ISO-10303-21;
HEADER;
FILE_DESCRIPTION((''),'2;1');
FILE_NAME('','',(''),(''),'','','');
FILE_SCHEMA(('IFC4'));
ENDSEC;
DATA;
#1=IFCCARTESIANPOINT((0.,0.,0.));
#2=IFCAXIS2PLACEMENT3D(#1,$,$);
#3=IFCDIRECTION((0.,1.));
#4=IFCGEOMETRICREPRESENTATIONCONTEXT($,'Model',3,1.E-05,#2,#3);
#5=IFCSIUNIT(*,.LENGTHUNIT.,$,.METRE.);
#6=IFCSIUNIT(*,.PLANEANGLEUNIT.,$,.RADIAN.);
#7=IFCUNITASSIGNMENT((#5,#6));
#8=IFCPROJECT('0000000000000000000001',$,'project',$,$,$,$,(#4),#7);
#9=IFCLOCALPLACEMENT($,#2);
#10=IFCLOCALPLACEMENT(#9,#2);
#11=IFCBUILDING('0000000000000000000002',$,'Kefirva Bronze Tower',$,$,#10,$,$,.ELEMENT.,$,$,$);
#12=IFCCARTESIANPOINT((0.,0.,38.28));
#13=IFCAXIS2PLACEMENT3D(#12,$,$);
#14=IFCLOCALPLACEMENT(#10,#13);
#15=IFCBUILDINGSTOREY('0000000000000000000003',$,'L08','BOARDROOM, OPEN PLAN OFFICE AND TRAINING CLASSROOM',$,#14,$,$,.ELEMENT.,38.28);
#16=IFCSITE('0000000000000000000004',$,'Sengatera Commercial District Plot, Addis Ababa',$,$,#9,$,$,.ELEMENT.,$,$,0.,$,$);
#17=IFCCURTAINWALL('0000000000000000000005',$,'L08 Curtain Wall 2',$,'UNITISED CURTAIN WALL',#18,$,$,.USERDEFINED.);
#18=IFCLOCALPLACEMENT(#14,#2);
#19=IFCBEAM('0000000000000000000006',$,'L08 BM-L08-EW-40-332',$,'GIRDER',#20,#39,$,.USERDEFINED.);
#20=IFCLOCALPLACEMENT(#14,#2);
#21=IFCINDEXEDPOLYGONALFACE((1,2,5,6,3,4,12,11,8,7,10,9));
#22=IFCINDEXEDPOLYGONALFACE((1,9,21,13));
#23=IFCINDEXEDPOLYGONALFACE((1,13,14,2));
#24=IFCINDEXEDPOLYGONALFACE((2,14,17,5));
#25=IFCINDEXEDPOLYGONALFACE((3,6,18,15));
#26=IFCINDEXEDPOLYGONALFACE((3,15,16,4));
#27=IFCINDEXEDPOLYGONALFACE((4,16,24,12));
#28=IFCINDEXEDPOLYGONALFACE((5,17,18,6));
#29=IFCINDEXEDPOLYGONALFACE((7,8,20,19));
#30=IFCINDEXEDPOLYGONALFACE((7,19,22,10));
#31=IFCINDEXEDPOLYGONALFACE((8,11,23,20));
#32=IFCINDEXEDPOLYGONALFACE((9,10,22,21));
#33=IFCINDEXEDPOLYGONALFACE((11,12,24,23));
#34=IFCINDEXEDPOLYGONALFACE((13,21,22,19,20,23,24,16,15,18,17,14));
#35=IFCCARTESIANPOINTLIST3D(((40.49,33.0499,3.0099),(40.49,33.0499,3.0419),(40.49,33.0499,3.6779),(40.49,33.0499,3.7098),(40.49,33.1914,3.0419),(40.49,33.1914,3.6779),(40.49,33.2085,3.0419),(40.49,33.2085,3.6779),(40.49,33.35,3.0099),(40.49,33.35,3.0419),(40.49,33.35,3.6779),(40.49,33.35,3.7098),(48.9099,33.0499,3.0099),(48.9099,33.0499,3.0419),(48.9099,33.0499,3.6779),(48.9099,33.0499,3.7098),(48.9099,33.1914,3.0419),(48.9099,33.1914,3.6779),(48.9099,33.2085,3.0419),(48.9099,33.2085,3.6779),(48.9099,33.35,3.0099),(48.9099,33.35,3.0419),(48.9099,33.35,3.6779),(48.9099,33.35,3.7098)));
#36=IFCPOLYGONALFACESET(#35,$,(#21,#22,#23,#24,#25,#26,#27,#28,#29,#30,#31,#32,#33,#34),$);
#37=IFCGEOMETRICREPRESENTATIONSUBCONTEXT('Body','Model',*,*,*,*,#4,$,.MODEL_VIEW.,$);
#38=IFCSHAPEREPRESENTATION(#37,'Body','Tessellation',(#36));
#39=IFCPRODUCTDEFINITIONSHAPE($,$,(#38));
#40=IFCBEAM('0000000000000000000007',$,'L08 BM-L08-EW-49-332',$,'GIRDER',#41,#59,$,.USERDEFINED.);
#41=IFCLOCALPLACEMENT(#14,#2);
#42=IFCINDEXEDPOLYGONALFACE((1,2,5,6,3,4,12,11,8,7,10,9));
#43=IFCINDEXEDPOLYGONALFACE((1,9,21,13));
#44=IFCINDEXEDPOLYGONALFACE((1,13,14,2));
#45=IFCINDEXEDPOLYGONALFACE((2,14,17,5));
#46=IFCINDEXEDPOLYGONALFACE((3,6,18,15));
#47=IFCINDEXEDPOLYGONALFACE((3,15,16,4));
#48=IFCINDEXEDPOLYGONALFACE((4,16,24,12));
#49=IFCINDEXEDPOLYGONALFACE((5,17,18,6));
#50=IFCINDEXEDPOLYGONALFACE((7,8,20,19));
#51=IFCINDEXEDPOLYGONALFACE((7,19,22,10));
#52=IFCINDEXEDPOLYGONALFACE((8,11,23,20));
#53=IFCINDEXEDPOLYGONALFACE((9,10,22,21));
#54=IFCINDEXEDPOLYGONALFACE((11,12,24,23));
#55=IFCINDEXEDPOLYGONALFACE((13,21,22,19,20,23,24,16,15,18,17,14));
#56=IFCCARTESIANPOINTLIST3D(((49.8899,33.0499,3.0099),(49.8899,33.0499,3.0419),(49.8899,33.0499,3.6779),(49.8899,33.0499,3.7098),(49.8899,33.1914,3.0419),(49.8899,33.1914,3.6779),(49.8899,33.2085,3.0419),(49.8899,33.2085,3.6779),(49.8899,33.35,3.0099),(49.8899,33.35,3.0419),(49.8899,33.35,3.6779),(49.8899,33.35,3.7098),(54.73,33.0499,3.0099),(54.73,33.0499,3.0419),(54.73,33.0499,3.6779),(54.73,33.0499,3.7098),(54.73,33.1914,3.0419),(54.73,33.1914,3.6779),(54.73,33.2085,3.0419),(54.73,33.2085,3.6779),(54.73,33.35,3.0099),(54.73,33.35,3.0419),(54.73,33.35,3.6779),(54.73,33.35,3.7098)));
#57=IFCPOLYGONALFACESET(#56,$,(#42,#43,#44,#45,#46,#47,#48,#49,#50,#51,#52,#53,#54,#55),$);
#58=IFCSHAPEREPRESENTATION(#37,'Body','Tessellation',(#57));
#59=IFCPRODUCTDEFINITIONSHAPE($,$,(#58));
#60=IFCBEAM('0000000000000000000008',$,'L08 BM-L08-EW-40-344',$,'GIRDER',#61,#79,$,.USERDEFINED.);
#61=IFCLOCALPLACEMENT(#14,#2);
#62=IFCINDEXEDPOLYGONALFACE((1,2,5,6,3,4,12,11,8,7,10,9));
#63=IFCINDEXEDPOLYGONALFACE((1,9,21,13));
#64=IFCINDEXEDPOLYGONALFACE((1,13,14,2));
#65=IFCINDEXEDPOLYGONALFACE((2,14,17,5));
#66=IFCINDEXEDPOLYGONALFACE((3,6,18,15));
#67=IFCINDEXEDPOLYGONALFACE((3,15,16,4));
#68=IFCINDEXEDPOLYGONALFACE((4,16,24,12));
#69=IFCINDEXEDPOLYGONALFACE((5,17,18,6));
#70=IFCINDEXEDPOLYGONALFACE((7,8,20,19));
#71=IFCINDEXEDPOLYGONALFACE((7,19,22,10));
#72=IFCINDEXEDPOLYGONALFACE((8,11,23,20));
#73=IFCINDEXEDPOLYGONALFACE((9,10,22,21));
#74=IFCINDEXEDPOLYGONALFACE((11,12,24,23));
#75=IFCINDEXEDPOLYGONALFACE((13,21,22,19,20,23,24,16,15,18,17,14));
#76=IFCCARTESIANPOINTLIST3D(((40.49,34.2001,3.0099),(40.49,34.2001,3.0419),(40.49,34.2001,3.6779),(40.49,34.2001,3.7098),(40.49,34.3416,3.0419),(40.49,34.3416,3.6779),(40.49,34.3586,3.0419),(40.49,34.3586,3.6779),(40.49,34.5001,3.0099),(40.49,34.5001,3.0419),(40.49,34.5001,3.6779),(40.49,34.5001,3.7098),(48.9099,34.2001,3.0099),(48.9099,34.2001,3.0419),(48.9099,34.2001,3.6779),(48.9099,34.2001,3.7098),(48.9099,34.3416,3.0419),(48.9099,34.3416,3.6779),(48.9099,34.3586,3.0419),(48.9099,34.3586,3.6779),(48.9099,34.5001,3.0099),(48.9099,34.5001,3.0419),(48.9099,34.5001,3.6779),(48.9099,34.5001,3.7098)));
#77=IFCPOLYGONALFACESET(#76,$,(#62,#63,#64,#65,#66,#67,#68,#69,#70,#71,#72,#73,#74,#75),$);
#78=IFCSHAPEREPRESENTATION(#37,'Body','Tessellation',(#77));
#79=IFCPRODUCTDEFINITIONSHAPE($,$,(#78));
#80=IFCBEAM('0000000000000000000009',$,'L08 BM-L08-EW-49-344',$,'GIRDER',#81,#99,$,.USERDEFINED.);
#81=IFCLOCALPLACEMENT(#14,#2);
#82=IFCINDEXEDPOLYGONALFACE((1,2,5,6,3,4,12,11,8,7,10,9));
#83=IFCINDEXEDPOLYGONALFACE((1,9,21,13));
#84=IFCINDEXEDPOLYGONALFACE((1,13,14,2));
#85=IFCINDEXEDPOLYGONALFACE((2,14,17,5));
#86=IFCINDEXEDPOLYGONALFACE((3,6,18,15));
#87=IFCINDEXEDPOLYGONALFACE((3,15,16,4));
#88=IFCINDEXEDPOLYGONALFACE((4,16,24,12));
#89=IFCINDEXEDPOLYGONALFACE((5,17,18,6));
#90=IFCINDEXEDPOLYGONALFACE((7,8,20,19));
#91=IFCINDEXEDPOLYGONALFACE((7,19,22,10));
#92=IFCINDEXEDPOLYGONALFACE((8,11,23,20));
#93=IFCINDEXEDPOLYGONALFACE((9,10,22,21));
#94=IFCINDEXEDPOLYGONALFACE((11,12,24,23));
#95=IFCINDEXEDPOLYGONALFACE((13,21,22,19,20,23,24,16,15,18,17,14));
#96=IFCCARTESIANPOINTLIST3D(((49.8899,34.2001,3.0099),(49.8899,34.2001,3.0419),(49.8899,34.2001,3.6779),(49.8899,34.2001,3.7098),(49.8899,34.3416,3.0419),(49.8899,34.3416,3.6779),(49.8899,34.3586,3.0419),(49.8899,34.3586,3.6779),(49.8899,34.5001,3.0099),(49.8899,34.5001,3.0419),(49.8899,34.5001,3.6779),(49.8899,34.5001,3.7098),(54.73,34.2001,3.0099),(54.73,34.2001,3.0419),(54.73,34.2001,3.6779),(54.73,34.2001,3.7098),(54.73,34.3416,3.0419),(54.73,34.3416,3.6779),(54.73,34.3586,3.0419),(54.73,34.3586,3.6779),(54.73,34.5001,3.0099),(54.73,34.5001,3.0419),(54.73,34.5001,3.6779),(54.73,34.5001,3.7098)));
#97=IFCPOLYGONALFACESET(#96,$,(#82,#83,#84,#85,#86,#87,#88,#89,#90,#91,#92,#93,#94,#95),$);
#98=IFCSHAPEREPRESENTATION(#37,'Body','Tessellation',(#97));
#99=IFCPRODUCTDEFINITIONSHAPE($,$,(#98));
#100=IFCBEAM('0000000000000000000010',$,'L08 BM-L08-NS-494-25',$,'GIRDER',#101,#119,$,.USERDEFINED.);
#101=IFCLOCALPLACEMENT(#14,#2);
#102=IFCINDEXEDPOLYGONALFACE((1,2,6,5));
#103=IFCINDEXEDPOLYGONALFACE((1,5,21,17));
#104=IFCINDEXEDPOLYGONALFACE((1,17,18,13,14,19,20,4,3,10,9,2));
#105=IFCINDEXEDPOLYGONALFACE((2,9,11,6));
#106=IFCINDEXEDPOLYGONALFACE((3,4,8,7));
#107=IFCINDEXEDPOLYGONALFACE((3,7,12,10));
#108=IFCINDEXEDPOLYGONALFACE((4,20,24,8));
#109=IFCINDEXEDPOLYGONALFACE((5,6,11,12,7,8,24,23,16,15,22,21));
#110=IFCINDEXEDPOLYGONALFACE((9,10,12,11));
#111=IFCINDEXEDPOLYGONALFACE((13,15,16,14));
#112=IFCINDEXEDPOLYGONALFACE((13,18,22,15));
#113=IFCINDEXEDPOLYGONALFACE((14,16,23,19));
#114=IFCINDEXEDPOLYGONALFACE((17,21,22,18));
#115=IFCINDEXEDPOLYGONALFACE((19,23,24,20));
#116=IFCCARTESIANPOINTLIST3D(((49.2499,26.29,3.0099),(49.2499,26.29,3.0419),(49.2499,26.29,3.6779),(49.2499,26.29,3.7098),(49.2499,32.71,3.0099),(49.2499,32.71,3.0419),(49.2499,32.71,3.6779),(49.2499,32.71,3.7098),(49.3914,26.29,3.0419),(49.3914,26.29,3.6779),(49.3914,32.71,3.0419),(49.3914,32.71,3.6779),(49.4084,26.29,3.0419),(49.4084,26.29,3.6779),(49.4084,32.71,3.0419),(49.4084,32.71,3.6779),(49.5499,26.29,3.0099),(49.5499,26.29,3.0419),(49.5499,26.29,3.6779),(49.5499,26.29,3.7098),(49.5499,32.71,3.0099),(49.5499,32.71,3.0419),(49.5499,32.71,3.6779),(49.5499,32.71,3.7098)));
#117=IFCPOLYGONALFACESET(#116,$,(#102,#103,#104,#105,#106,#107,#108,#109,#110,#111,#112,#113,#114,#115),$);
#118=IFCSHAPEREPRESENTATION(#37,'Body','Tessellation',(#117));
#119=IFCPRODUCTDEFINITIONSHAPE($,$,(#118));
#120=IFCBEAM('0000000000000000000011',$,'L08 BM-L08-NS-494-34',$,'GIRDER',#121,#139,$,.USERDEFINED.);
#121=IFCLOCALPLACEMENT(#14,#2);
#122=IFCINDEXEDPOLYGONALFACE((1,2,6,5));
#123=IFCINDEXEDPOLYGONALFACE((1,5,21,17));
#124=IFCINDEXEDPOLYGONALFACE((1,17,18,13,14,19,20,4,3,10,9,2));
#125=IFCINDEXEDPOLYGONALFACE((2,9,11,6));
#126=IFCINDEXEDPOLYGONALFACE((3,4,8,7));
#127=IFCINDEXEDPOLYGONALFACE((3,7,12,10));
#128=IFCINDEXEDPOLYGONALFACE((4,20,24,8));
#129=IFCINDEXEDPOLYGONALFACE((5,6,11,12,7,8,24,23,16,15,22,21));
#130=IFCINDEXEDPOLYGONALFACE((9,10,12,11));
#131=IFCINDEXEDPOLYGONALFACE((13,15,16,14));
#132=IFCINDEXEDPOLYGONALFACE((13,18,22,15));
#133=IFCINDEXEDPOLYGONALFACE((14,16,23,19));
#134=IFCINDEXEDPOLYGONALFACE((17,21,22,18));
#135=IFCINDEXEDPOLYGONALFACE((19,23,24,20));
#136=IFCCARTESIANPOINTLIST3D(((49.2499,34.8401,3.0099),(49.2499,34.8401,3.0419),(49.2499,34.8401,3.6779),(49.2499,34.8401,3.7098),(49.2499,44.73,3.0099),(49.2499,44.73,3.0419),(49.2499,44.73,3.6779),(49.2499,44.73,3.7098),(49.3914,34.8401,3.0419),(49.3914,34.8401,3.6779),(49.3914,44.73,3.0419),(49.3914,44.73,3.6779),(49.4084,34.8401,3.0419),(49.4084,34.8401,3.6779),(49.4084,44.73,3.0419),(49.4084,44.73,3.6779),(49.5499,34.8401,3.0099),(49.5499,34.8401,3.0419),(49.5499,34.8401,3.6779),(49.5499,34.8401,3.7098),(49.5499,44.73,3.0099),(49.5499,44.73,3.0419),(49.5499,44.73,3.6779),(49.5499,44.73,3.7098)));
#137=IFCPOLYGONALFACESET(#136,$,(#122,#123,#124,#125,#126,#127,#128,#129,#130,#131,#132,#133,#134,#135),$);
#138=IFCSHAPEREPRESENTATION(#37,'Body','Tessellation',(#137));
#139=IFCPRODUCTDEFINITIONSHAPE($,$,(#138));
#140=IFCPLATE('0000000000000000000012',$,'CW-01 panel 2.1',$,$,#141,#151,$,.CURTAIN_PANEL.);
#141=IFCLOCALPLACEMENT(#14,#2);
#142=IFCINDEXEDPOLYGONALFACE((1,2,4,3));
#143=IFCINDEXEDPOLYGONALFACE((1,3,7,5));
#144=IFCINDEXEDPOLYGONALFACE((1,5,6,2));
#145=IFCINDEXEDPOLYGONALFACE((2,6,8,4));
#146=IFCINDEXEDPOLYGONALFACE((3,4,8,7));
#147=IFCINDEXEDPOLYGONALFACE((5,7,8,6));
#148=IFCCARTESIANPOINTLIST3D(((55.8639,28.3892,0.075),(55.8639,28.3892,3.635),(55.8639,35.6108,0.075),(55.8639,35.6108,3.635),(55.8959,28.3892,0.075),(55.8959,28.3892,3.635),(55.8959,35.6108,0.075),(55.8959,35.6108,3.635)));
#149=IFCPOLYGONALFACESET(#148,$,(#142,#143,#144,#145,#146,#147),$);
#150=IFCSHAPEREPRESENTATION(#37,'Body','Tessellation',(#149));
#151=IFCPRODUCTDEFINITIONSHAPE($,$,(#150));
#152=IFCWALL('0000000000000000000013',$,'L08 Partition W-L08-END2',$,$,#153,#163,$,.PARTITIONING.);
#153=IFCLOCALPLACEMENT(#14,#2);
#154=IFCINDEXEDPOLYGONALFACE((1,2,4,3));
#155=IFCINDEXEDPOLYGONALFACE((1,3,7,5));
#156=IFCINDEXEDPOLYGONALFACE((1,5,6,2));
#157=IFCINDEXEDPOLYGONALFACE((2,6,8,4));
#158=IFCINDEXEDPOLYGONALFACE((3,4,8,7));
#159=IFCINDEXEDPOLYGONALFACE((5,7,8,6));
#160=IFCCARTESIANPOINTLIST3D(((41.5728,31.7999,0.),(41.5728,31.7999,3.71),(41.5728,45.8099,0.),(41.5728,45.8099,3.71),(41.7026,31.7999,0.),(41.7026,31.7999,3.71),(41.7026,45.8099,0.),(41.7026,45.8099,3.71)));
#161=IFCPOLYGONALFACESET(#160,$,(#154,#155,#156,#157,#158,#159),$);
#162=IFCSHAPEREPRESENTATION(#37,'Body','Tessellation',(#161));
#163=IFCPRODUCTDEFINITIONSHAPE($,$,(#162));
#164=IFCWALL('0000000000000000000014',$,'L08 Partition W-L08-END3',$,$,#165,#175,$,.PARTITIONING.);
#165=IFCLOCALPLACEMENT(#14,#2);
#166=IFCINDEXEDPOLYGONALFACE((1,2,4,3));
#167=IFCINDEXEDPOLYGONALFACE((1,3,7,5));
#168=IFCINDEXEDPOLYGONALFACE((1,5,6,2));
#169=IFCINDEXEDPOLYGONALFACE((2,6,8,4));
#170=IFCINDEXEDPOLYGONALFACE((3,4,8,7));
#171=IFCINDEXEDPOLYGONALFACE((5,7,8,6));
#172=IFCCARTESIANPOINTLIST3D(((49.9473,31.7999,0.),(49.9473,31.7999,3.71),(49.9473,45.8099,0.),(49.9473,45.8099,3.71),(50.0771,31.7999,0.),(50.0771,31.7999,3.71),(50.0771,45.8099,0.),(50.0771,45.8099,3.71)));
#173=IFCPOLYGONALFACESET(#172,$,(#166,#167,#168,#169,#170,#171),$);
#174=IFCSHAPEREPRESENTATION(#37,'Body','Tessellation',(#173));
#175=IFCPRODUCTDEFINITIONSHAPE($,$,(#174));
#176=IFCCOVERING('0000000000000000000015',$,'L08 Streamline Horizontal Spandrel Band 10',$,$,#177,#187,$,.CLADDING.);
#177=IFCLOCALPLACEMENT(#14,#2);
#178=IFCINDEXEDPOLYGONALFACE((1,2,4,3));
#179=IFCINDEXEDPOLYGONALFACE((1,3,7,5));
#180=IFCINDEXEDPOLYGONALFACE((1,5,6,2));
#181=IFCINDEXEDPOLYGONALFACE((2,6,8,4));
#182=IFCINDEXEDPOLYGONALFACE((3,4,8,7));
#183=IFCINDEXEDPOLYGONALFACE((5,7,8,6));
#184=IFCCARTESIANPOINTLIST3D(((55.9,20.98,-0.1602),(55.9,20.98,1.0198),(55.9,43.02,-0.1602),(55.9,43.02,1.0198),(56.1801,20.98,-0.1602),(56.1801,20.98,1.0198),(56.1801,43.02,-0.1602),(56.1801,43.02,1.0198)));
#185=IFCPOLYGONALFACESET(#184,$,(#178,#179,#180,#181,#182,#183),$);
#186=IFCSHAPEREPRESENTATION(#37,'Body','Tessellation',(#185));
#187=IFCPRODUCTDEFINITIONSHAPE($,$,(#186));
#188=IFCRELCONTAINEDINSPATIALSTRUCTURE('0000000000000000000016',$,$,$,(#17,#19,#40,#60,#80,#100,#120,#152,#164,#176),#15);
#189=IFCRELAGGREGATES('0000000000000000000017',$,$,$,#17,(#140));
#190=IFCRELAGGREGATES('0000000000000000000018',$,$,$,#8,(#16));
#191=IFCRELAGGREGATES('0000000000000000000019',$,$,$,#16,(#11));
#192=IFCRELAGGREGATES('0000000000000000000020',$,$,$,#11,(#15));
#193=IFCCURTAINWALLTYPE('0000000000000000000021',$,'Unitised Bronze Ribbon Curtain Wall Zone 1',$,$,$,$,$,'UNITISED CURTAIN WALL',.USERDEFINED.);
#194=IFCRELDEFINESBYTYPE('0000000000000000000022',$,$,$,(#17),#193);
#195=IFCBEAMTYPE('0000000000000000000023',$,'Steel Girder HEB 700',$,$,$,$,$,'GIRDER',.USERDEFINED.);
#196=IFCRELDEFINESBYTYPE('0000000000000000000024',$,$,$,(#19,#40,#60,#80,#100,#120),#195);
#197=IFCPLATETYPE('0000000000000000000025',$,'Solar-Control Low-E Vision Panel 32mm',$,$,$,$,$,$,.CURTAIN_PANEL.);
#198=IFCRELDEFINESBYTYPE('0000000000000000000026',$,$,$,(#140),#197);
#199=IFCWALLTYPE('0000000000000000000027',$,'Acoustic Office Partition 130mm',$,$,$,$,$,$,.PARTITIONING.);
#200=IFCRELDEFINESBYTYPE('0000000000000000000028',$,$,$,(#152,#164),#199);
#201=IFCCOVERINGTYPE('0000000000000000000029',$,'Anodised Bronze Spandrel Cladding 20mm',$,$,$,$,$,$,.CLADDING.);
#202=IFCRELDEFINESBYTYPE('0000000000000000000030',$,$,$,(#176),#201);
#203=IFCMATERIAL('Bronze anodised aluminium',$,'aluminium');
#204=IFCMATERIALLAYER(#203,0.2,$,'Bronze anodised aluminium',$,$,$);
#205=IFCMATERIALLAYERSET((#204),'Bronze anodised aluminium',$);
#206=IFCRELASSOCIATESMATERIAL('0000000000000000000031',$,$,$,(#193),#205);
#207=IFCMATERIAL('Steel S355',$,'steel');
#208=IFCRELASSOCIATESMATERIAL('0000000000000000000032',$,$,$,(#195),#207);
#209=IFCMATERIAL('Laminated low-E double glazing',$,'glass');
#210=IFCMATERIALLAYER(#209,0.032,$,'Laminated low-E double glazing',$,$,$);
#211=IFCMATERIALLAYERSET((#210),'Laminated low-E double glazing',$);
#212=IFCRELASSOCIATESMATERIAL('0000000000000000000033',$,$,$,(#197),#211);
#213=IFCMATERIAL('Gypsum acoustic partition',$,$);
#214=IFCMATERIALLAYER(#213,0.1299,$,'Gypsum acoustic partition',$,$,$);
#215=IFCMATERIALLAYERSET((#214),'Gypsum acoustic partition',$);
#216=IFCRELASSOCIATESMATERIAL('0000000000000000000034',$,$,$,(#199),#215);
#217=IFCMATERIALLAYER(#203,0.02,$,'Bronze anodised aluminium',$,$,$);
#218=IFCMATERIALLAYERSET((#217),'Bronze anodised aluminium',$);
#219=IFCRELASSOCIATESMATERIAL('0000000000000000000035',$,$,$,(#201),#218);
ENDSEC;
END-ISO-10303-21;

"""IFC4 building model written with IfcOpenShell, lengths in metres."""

from ifc_helpers import new_model, si_unit, direction, frame, frame_2d, origin, origin_2d, place, context, subcontext, project, spatial, rectangle, i_section, extrude, material, layer, layer_set, material_profile, profile_set, type_object, element, aggregate, save


model = new_model("IFC4")

# Units and contexts
model_context = context("Model", 3, precision=1e-05, world=origin(), true_north=direction((0.0, 1.0)))
body_context = subcontext(model_context, "Body", "Model", "MODEL_VIEW")
ifc_project = project(units=[si_unit("LENGTHUNIT", "METRE"), si_unit("PLANEANGLEUNIT", "RADIAN")], contexts=[model_context])

# Site, building, storey
site_placement = place(None, origin())
site = spatial("IfcSite", under=ifc_project, at=site_placement, Name="Sengatera Commercial District Plot, Addis Ababa", CompositionType="ELEMENT", RefElevation=0.0)
building_placement = place(site_placement, origin())
building = spatial("IfcBuilding", under=site, at=building_placement, Name="Kefirva Bronze Tower", CompositionType="ELEMENT")
storey_placement = place(building_placement, frame((0.0, 0.0, 38.28)))
storey = spatial("IfcBuildingStorey", under=building, at=storey_placement, Name="L08", Description="BOARDROOM, OPEN PLAN OFFICE AND TRAINING CLASSROOM", CompositionType="ELEMENT", Elevation=38.28)

# Curtain wall
ifc_material_1 = material(Name="Bronze anodised aluminium", Category="aluminium")
ifc_layer_1 = layer(ifc_material_1, 0.2, Name="Bronze anodised aluminium")
ifc_layer_set_1 = layer_set([ifc_layer_1], Name="Bronze anodised aluminium")
curtain_wall_type = type_object("IfcCurtainWallType", Name="Unitised Bronze Ribbon Curtain Wall Zone 1", ElementType="UNITISED CURTAIN WALL", PredefinedType="USERDEFINED", material=ifc_layer_set_1)
curtain_wall_placement = place(storey_placement, origin())
curtain_wall = element("IfcCurtainWall", 1, at=curtain_wall_placement, inside=storey, type_object=curtain_wall_type, Name="L08 Curtain Wall 2", ObjectType="UNITISED CURTAIN WALL", PredefinedType="USERDEFINED")

# Beams
ifc_material_2 = material(Name="Steel S355", Category="steel")
ifc_material_profile_1 = material_profile(ifc_material_2, i_section(OverallWidth=0.3, OverallDepth=0.7, WebThickness=0.0171, FlangeThickness=0.032, at=origin_2d()), Name="HEB 700")
ifc_profile_set_1 = profile_set([ifc_material_profile_1], Name="Steel S355")
beam_type_1 = type_object("IfcBeamType", Name="Steel Girder HEB 700", ElementType="GIRDER", PredefinedType="USERDEFINED", material=ifc_profile_set_1)
for number, where, z_axis, x_axis, name in (
    (2, (40.49, 33.2, 3.3599), (1.0, 0.0, 0.0), (0.0, 1.0, 0.0), "L08 BM-L08-EW-40-332"),
):
    element("IfcBeam", number, at=place(storey_placement, frame(where, z_axis=z_axis, x_axis=x_axis)), inside=storey, type_object=beam_type_1, Name=name, ObjectType="GIRDER", PredefinedType="USERDEFINED", context=body_context, shape_type="SweptSolid", body=[
        extrude(i_section(OverallWidth=0.3, OverallDepth=0.7, WebThickness=0.0171, FlangeThickness=0.032, at=origin_2d()), origin(), (0.0, 0.0, 1.0), 8.4199),
    ])
beam_1_placement = place(storey_placement, frame((49.8899, 33.2, 3.3599), z_axis=(1.0, 0.0, 0.0), x_axis=(0.0, 1.0, 0.0)))
element("IfcBeam", 3, at=beam_1_placement, inside=storey, type_object=beam_type_1, Name="L08 BM-L08-EW-49-332", ObjectType="GIRDER", PredefinedType="USERDEFINED", context=body_context, shape_type="SweptSolid", body=[
    extrude(i_section(OverallWidth=0.3, OverallDepth=0.7, WebThickness=0.0171, FlangeThickness=0.032, at=origin_2d()), origin(), (0.0, 0.0, 1.0), 4.8401),
])
beam_2_placement = place(storey_placement, frame((40.49, 34.3501, 3.3599), z_axis=(1.0, 0.0, 0.0), x_axis=(0.0, 1.0, 0.0)))
element("IfcBeam", 4, at=beam_2_placement, inside=storey, type_object=beam_type_1, Name="L08 BM-L08-EW-40-344", ObjectType="GIRDER", PredefinedType="USERDEFINED", context=body_context, shape_type="SweptSolid", body=[
    extrude(i_section(OverallWidth=0.3, OverallDepth=0.7, WebThickness=0.0171, FlangeThickness=0.032, at=origin_2d()), origin(), (0.0, 0.0, 1.0), 8.4199),
])
beam_3_placement = place(storey_placement, frame((49.8899, 34.3501, 3.3599), z_axis=(1.0, 0.0, 0.0), x_axis=(0.0, 1.0, 0.0)))
element("IfcBeam", 5, at=beam_3_placement, inside=storey, type_object=beam_type_1, Name="L08 BM-L08-EW-49-344", ObjectType="GIRDER", PredefinedType="USERDEFINED", context=body_context, shape_type="SweptSolid", body=[
    extrude(i_section(OverallWidth=0.3, OverallDepth=0.7, WebThickness=0.0171, FlangeThickness=0.032, at=origin_2d()), origin(), (0.0, 0.0, 1.0), 4.8401),
])
beam_4_placement = place(storey_placement, frame((49.3999, 26.29, 3.3599), z_axis=(0.0, 1.0, 0.0), x_axis=(-1.0, 0.0, 0.0)))
element("IfcBeam", 6, at=beam_4_placement, inside=storey, type_object=beam_type_1, Name="L08 BM-L08-NS-494-25", ObjectType="GIRDER", PredefinedType="USERDEFINED", context=body_context, shape_type="SweptSolid", body=[
    extrude(i_section(OverallWidth=0.3, OverallDepth=0.7, WebThickness=0.0171, FlangeThickness=0.032, at=origin_2d()), origin(), (0.0, 0.0, 1.0), 6.4199),
])
beam_5_placement = place(storey_placement, frame((49.3999, 34.8401, 3.3599), z_axis=(0.0, 1.0, 0.0), x_axis=(-1.0, 0.0, 0.0)))
element("IfcBeam", 7, at=beam_5_placement, inside=storey, type_object=beam_type_1, Name="L08 BM-L08-NS-494-34", ObjectType="GIRDER", PredefinedType="USERDEFINED", context=body_context, shape_type="SweptSolid", body=[
    extrude(i_section(OverallWidth=0.3, OverallDepth=0.7, WebThickness=0.0171, FlangeThickness=0.032, at=origin_2d()), origin(), (0.0, 0.0, 1.0), 9.8899),
])

# Plate
ifc_material_3 = material(Name="Laminated low-E double glazing", Category="glass")
ifc_layer_2 = layer(ifc_material_3, 0.032, Name="Laminated low-E double glazing")
ifc_layer_set_2 = layer_set([ifc_layer_2], Name="Laminated low-E double glazing")
plate_type = type_object("IfcPlateType", Name="Solar-Control Low-E Vision Panel 32mm", PredefinedType="CURTAIN_PANEL", material=ifc_layer_set_2)
plate_placement = place(storey_placement, frame((55.8799, 32.0, 0.075), z_axis=(0.0, 0.0, 1.0), x_axis=(0.0, 1.0, 0.0)))
plate = element("IfcPlate", 8, at=plate_placement, type_object=plate_type, Name="CW-01 panel 2.1", PredefinedType="CURTAIN_PANEL", context=body_context, shape_type="SweptSolid", body=[
    extrude(rectangle(XDim=7.2217, YDim=0.032, at=origin_2d()), origin(), (0.0, 0.0, 1.0), 3.5601),
])
aggregate(curtain_wall, [plate])

# Walls
ifc_material_4 = material(Name="Gypsum acoustic partition")
ifc_layer_3 = layer(ifc_material_4, 0.1299, Name="Gypsum acoustic partition")
ifc_layer_set_3 = layer_set([ifc_layer_3], Name="Gypsum acoustic partition")
wall_type = type_object("IfcWallType", Name="Acoustic Office Partition 130mm", PredefinedType="PARTITIONING", material=ifc_layer_set_3)
for number, where, z_axis, x_axis, name in (
    (9, (41.6377, 31.8, 0.0), (0.0, 0.0, 1.0), (0.0, 1.0, 0.0), "L08 Partition W-L08-END2"),
    (10, (50.0122, 31.8, 0.0), (0.0, 0.0, 1.0), (0.0, 1.0, 0.0), "L08 Partition W-L08-END3"),
):
    element("IfcWall", number, at=place(storey_placement, frame(where, z_axis=z_axis, x_axis=x_axis)), inside=storey, type_object=wall_type, Name=name, PredefinedType="PARTITIONING", context=body_context, shape_type="SweptSolid", body=[
        extrude(rectangle(XDim=14.01, YDim=0.1299, at=frame_2d((7.0049, 0.0))), origin(), (0.0, 0.0, 1.0), 3.71),
    ])

# Covering
ifc_layer_4 = layer(ifc_material_1, 0.02, Name="Bronze anodised aluminium")
ifc_layer_set_4 = layer_set([ifc_layer_4], Name="Bronze anodised aluminium")
covering_type_1 = type_object("IfcCoveringType", Name="Anodised Bronze Spandrel Cladding 20mm", PredefinedType="CLADDING", material=ifc_layer_set_4)
covering_1_placement = place(storey_placement, frame((56.04, 32.0, -0.1602), z_axis=(0.0, 0.0, 1.0), x_axis=(0.0, 1.0, 0.0)))
element("IfcCovering", 11, at=covering_1_placement, inside=storey, type_object=covering_type_1, Name="L08 Streamline Horizontal Spandrel Band 10", PredefinedType="CLADDING", context=body_context, shape_type="SweptSolid", body=[
    extrude(rectangle(XDim=22.04, YDim=0.28, at=origin_2d()), origin(), (0.0, 0.0, 1.0), 1.1799),
])

save(model, "model.ifc")
